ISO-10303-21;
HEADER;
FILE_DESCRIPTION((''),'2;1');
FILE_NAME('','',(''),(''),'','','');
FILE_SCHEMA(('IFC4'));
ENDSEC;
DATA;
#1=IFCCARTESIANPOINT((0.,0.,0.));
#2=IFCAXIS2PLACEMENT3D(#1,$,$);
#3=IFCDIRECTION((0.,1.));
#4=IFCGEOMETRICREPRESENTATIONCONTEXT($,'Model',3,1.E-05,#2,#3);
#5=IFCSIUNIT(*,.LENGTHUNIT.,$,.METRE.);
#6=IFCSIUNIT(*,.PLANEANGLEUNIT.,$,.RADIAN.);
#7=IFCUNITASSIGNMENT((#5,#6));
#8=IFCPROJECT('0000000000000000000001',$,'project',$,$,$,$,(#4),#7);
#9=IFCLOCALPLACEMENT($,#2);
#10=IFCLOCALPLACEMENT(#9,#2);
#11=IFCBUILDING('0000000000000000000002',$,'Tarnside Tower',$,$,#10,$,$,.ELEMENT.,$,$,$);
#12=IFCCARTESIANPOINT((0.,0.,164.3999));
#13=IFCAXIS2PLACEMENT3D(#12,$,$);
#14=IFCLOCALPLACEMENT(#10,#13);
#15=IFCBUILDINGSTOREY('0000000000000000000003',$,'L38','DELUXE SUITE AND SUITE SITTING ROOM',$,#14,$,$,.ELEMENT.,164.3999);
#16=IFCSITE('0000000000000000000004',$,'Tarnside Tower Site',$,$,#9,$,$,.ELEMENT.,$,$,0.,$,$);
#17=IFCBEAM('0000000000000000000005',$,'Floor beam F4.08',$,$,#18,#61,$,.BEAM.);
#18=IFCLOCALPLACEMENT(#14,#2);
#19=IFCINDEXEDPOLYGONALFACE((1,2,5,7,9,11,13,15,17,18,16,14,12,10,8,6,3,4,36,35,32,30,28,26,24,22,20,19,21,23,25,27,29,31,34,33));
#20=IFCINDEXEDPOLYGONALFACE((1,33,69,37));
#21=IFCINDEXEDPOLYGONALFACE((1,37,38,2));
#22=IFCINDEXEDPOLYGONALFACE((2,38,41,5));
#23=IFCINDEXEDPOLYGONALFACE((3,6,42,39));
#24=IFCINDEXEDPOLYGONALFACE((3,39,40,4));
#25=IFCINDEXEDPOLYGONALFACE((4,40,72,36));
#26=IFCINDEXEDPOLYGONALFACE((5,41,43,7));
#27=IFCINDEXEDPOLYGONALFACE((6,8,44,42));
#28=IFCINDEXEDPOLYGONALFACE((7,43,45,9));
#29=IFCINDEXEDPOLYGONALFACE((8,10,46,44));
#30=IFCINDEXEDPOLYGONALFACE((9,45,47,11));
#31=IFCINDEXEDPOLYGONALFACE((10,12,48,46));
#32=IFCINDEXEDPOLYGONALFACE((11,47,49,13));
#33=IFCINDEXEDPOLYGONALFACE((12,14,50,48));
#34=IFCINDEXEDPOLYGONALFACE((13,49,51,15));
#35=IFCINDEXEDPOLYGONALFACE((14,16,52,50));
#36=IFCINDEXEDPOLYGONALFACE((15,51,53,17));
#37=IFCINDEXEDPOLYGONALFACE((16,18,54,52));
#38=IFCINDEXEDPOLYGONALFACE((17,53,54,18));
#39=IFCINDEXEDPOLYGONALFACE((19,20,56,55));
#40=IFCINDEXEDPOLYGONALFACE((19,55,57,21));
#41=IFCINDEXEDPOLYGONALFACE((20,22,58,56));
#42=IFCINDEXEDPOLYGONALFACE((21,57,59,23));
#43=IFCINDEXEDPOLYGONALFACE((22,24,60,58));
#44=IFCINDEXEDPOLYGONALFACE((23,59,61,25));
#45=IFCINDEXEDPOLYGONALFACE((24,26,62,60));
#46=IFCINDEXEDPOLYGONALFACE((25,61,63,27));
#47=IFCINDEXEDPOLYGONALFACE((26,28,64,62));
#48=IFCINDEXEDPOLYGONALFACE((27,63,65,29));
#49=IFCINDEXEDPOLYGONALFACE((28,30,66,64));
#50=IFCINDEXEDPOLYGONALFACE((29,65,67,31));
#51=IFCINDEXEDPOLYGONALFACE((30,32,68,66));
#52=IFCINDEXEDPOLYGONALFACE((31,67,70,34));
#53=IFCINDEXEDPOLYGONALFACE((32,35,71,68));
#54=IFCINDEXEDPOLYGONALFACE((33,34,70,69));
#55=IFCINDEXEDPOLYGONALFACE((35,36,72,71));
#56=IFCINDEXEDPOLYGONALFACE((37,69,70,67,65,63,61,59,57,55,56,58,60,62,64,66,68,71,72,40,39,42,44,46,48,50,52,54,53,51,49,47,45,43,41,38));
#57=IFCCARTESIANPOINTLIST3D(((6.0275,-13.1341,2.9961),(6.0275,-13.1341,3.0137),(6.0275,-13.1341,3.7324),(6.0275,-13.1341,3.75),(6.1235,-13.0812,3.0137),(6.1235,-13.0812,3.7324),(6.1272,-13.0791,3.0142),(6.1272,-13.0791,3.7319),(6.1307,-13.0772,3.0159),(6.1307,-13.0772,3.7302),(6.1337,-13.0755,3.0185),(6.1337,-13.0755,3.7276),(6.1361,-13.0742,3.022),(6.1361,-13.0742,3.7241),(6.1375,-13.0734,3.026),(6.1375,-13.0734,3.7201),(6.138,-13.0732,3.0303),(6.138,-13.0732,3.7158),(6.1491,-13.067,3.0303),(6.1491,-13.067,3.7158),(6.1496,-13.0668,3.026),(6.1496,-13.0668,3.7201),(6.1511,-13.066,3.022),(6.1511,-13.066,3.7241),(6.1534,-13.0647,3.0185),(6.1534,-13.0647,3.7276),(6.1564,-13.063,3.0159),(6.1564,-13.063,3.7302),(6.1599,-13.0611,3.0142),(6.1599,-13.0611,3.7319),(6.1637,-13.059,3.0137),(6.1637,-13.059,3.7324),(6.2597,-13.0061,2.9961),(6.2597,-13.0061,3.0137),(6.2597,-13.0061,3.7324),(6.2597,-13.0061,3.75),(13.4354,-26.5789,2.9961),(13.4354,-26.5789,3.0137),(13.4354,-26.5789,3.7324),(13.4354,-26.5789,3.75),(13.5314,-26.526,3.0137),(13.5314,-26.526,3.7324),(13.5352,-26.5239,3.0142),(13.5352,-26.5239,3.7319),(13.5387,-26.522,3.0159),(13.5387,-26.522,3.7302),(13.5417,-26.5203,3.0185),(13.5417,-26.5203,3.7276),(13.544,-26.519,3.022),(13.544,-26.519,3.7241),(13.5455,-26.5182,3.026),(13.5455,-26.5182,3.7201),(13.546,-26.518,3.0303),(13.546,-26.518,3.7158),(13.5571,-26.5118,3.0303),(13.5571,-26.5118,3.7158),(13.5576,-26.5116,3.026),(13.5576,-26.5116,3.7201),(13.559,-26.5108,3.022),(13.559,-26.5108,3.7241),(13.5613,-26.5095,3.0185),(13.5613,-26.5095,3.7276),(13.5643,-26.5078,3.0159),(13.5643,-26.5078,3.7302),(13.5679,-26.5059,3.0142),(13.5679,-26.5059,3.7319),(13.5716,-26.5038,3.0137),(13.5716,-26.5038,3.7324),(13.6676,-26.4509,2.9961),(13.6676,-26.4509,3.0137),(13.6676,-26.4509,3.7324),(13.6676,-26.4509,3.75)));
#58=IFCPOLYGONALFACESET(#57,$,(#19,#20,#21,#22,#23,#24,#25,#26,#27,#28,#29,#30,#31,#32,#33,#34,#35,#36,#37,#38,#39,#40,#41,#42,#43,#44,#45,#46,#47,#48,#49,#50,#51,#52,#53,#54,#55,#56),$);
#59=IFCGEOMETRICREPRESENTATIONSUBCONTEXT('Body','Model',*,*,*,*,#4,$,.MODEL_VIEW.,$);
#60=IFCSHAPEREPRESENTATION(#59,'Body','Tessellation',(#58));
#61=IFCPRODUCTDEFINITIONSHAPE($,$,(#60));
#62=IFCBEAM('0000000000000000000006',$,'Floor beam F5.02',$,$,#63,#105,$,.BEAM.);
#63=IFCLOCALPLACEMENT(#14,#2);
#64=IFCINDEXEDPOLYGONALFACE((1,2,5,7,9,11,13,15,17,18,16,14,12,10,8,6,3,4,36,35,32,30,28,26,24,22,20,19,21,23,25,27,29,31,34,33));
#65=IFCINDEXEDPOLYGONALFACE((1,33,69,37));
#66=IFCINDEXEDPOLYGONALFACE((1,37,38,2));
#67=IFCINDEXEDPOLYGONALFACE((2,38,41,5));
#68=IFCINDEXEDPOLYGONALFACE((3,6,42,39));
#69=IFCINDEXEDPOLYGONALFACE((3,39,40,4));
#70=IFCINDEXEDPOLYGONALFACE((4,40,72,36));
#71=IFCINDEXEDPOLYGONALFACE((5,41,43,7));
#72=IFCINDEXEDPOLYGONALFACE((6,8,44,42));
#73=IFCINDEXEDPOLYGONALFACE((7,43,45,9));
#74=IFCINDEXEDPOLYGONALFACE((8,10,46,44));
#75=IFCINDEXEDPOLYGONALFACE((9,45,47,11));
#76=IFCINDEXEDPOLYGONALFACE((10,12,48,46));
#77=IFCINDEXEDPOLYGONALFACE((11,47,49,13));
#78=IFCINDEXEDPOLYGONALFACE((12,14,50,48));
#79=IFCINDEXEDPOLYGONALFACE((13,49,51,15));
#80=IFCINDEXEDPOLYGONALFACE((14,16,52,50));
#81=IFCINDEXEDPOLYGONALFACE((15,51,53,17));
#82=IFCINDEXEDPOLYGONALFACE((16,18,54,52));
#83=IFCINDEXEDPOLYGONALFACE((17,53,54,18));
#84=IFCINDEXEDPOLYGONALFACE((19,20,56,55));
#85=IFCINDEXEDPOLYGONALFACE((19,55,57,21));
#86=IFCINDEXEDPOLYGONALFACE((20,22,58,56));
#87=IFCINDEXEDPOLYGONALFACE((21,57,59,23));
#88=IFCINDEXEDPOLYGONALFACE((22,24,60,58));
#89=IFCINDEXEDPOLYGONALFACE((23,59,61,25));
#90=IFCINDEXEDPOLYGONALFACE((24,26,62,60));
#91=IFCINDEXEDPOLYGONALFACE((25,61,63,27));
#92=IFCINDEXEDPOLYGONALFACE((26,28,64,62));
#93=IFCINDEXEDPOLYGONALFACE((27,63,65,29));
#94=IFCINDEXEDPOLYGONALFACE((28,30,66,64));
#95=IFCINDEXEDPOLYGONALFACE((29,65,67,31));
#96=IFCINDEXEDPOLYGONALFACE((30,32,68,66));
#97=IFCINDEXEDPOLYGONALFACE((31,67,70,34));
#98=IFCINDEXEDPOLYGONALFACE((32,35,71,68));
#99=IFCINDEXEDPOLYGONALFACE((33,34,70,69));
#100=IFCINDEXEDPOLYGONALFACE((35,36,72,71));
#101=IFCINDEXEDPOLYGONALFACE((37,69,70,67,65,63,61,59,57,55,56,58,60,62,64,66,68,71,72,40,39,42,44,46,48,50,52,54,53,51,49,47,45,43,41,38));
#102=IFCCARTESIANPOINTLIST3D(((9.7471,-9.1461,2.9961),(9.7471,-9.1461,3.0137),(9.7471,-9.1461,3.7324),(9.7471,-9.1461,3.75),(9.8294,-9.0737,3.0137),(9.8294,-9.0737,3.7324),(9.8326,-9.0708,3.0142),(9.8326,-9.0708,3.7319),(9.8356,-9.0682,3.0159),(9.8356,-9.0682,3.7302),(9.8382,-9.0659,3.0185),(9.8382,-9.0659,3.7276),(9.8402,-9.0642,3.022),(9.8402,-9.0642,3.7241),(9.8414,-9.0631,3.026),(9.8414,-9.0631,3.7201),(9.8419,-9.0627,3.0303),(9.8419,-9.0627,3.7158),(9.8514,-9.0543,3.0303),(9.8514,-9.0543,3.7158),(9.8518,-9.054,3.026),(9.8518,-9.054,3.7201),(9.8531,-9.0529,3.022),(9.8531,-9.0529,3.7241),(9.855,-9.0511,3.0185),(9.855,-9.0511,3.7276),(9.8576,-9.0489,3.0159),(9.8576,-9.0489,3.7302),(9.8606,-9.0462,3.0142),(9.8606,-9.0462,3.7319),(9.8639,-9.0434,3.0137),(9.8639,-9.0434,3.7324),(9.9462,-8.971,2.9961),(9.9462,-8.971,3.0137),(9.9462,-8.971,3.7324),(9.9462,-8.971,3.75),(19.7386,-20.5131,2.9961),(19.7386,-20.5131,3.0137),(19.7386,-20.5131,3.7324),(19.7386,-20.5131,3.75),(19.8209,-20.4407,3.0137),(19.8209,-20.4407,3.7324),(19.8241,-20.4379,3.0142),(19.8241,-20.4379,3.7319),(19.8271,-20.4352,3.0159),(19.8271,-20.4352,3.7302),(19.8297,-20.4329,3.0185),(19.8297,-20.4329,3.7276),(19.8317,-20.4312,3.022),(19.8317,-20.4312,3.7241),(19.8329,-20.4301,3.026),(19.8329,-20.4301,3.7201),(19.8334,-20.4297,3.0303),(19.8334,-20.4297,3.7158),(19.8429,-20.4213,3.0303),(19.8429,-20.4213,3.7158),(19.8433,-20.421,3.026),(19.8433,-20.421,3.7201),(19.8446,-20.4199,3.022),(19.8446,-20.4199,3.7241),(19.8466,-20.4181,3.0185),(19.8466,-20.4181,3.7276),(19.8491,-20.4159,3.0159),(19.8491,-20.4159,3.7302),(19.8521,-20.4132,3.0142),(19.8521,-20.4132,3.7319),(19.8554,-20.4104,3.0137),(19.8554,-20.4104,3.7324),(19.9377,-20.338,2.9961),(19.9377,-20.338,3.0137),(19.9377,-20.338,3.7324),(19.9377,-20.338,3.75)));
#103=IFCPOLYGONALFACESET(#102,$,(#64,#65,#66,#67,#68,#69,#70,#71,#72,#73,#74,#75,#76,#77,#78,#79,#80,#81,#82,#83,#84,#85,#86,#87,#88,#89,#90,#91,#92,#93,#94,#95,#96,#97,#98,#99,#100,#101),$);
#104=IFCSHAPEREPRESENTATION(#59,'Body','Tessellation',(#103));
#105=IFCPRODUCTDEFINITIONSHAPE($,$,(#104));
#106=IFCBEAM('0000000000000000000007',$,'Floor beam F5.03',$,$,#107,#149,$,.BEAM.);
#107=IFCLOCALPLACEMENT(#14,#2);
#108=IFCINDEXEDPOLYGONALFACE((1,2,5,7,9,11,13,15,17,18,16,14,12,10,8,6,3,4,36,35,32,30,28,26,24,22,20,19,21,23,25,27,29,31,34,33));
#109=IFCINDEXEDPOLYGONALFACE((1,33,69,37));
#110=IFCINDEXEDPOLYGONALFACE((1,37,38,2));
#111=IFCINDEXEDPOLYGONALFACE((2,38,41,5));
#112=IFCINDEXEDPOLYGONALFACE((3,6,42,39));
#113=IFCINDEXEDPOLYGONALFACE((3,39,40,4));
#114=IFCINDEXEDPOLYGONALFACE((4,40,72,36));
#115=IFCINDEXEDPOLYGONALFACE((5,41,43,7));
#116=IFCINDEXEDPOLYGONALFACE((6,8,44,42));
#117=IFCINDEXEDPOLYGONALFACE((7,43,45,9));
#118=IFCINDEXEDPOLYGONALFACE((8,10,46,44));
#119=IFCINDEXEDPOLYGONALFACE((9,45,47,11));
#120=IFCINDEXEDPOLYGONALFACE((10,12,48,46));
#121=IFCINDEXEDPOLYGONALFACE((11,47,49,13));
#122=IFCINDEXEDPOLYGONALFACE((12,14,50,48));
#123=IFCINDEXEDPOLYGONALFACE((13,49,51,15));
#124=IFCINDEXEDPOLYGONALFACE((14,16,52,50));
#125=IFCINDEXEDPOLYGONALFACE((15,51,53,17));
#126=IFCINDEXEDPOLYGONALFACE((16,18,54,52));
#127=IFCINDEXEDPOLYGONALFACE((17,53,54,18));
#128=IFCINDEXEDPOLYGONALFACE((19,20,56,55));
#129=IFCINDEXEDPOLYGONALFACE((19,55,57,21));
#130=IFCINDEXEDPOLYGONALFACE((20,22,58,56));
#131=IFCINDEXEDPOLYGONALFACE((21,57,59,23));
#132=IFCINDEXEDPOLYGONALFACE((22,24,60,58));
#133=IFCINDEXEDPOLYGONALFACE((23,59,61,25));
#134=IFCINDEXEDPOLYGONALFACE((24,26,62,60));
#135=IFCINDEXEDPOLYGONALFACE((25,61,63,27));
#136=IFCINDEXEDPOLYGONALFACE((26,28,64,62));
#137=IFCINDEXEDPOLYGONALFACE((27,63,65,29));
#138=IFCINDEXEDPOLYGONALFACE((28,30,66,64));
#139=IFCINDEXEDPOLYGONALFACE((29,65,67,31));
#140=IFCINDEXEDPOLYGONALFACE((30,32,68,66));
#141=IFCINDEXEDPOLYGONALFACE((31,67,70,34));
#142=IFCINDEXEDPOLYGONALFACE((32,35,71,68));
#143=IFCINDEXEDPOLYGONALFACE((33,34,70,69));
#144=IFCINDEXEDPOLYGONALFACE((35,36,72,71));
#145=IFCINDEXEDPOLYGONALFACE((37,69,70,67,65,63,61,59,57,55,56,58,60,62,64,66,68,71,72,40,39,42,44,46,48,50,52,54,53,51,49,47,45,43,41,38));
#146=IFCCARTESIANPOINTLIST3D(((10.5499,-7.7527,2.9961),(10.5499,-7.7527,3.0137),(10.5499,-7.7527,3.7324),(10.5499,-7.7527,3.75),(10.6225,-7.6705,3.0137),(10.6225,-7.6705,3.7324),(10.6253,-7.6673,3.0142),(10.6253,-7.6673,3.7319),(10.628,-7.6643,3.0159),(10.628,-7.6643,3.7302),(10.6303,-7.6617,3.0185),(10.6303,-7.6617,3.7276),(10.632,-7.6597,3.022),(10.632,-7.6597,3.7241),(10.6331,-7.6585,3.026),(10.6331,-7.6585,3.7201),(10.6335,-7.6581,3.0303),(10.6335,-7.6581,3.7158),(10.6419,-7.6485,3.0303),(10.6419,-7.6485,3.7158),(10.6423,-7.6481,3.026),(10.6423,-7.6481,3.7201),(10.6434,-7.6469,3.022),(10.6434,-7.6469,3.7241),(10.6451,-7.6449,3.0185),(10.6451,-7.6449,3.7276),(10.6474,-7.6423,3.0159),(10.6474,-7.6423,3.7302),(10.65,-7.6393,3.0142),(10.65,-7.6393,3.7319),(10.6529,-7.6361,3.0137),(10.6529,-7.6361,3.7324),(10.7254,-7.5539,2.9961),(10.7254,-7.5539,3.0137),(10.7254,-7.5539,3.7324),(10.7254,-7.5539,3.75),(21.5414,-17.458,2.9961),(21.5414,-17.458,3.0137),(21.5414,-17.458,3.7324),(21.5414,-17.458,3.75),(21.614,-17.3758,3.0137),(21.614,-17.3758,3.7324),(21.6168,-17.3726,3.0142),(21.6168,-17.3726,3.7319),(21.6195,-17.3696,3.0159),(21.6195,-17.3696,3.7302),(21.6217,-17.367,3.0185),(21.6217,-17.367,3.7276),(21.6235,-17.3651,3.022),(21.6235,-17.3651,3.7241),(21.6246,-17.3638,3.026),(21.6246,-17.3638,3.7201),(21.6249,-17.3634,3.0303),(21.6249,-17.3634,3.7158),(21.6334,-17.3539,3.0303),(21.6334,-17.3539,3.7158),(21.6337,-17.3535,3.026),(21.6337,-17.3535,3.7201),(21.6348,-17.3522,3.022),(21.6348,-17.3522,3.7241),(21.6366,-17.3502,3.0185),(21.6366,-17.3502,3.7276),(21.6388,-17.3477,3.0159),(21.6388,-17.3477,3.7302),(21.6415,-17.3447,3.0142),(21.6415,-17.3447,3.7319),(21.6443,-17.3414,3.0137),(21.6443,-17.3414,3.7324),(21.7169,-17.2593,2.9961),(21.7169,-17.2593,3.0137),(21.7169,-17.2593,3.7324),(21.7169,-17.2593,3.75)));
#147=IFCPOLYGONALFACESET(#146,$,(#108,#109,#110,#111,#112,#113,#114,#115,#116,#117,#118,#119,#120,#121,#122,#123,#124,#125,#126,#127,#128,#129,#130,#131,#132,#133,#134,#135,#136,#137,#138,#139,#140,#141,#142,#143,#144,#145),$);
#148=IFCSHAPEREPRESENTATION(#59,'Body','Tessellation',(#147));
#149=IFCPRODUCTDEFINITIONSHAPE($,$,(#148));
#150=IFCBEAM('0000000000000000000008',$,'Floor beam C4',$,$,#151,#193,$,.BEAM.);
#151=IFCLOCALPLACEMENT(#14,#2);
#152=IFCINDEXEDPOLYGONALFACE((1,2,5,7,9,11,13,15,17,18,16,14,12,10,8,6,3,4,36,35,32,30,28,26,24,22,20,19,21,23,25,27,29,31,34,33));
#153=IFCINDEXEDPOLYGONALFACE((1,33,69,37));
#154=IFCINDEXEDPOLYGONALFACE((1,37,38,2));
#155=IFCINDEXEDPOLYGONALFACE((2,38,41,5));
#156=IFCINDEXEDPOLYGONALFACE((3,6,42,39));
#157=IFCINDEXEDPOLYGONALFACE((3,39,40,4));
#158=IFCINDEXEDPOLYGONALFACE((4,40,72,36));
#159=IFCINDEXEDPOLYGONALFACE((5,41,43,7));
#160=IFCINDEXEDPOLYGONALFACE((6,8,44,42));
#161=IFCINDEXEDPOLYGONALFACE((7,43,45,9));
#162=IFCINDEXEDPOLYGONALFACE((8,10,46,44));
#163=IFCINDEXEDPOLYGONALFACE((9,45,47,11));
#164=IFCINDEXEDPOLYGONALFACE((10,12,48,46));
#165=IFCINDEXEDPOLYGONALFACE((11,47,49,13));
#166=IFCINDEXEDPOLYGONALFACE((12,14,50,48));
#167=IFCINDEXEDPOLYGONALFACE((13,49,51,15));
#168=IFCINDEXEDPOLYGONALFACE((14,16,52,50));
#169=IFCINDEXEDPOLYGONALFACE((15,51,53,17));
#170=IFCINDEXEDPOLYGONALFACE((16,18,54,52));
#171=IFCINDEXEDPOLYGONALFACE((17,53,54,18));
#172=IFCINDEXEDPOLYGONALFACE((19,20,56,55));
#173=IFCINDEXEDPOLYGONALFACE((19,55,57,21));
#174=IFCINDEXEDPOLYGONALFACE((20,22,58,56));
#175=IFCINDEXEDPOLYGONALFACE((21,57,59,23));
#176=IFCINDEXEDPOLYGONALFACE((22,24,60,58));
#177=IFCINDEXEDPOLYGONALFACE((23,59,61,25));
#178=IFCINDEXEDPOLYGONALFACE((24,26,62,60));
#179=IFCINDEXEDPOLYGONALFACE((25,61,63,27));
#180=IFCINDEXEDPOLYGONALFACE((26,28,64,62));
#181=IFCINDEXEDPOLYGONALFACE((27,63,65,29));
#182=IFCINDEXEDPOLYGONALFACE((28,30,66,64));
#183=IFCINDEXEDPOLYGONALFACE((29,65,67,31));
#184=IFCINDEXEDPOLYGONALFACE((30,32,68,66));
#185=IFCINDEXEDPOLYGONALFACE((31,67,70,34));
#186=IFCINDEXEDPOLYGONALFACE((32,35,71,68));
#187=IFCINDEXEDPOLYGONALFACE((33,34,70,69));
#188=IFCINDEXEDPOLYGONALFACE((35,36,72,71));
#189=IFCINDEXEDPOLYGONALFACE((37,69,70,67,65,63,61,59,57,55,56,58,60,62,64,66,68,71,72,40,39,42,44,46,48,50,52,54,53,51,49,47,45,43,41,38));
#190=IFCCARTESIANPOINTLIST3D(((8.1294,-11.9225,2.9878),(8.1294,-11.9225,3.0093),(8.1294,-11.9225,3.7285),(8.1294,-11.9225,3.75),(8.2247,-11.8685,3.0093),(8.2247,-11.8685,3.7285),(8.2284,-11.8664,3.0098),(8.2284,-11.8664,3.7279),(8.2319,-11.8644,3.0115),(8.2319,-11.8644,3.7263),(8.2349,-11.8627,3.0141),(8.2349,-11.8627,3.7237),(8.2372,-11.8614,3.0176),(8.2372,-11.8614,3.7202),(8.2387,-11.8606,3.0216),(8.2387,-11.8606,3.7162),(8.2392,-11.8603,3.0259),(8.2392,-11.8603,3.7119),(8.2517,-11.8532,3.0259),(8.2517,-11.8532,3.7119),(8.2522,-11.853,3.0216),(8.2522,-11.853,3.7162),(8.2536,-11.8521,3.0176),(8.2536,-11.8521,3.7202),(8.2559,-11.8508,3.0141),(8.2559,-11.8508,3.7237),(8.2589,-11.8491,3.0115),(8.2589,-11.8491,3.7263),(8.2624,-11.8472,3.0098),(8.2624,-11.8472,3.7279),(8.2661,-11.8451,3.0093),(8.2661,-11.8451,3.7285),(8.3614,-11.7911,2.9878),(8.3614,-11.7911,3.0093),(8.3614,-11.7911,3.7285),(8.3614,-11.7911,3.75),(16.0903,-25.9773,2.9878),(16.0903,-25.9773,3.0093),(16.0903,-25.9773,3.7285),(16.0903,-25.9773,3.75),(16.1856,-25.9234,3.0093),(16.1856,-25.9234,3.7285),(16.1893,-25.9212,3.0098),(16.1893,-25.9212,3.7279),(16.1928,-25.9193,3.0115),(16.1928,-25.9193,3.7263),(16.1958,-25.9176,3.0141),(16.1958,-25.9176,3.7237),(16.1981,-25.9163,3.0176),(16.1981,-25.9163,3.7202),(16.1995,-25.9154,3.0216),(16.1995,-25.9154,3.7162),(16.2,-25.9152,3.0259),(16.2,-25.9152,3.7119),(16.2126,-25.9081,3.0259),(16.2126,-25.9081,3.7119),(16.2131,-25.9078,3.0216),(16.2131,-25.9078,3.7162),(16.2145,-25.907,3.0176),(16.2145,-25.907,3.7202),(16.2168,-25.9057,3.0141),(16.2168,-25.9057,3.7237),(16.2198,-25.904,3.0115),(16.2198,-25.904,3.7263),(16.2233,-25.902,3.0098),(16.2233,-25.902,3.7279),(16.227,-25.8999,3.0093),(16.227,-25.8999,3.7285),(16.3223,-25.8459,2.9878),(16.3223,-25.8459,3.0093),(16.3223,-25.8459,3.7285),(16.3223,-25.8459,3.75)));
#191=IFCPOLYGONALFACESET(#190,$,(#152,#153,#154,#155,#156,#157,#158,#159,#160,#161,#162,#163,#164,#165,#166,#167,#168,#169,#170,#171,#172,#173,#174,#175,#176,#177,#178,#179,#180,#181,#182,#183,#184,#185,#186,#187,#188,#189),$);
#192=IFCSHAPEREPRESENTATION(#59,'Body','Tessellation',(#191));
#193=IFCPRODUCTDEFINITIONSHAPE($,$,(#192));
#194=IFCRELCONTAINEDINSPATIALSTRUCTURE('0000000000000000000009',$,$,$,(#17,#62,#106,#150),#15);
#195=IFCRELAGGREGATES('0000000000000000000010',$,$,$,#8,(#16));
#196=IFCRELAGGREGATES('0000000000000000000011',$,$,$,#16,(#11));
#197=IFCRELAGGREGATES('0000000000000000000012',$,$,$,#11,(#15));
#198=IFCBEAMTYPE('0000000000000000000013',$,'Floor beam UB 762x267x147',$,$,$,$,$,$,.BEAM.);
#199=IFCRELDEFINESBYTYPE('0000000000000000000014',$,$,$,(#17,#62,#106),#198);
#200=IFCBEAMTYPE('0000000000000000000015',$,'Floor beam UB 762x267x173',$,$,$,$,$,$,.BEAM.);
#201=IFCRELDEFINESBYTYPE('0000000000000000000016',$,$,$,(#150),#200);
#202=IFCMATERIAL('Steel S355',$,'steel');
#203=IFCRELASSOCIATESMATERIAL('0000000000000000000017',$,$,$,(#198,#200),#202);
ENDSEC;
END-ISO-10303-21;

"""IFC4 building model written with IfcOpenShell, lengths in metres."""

from ifc_helpers import new_model, si_unit, direction, frame, origin, origin_2d, place, context, subcontext, project, spatial, i_section, extrude, material, material_profile, profile_set, type_object, element, save


model = new_model("IFC4")

# Units and contexts
model_context = context("Model", 3, precision=1e-05, world=origin(), true_north=direction((0.0, 1.0)))
body_context = subcontext(model_context, "Body", "Model", "MODEL_VIEW")
ifc_project = project(units=[si_unit("LENGTHUNIT", "METRE"), si_unit("PLANEANGLEUNIT", "RADIAN")], contexts=[model_context])

# Site, building, storey
site_placement = place(None, origin())
site = spatial("IfcSite", under=ifc_project, at=site_placement, Name="Tarnside Tower Site", CompositionType="ELEMENT", RefElevation=0.0)
building_placement = place(site_placement, origin())
building = spatial("IfcBuilding", under=site, at=building_placement, Name="Tarnside Tower", CompositionType="ELEMENT")
storey_placement = place(building_placement, frame((0.0, 0.0, 164.3999)))
storey = spatial("IfcBuildingStorey", under=building, at=storey_placement, Name="L38", Description="DELUXE SUITE AND SUITE SITTING ROOM", CompositionType="ELEMENT", Elevation=164.3999)

# Beams
ifc_material_1 = material(Name="Steel S355", Category="steel")
ifc_material_profile_1 = material_profile(ifc_material_1, i_section(OverallWidth=0.2651, OverallDepth=0.7539, WebThickness=0.0127, FlangeThickness=0.0176, FilletRadius=0.0166, at=origin_2d()), Name="UB 762x267x147")
ifc_profile_set_1 = profile_set([ifc_material_profile_1], Name="Steel S355")
beam_type_1 = type_object("IfcBeamType", Name="Floor beam UB 762x267x147", PredefinedType="BEAM", material=ifc_profile_set_1)
beam_1_placement = place(storey_placement, frame((13.5515, -26.5149, 3.373), z_axis=(-0.482584, 0.87585, 0.0), x_axis=(-0.87585, -0.482584, 0.0)))
element("IfcBeam", 1, at=beam_1_placement, inside=storey, type_object=beam_type_1, Name="Floor beam F4.08", PredefinedType="BEAM", context=body_context, shape_type="SweptSolid", body=[
    extrude(i_section(OverallWidth=0.2651, OverallDepth=0.7539, WebThickness=0.0127, FlangeThickness=0.0176, FilletRadius=0.0166, at=origin_2d()), origin(), (0.0, 0.0, 1.0), 15.3506),
])
beam_2_placement = place(storey_placement, frame((19.8381, -20.4255, 3.373), z_axis=(-0.660201, 0.751089, 0.0), x_axis=(-0.751089, -0.660201, 0.0)))
element("IfcBeam", 2, at=beam_2_placement, inside=storey, type_object=beam_type_1, Name="Floor beam F5.02", PredefinedType="BEAM", context=body_context, shape_type="SweptSolid", body=[
    extrude(i_section(OverallWidth=0.2651, OverallDepth=0.7539, WebThickness=0.0127, FlangeThickness=0.0176, FilletRadius=0.0166, at=origin_2d()), origin(), (0.0, 0.0, 1.0), 15.134),
])
beam_3_placement = place(storey_placement, frame((21.6292, -17.3586, 3.373), z_axis=(-0.749602, 0.661889, 0.0), x_axis=(-0.661889, -0.749602, 0.0)))
element("IfcBeam", 3, at=beam_3_placement, inside=storey, type_object=beam_type_1, Name="Floor beam F5.03", PredefinedType="BEAM", context=body_context, shape_type="SweptSolid", body=[
    extrude(i_section(OverallWidth=0.2651, OverallDepth=0.7539, WebThickness=0.0127, FlangeThickness=0.0176, FilletRadius=0.0166, at=origin_2d()), origin(), (0.0, 0.0, 1.0), 14.6631),
])
ifc_material_profile_2 = material_profile(ifc_material_1, i_section(OverallWidth=0.2666, OverallDepth=0.7622, WebThickness=0.0144, FlangeThickness=0.0215, FilletRadius=0.0166, at=origin_2d()), Name="UB 762x267x173")
ifc_profile_set_2 = profile_set([ifc_material_profile_2], Name="Steel S355")
beam_type_2 = type_object("IfcBeamType", Name="Floor beam UB 762x267x173", PredefinedType="BEAM", material=ifc_profile_set_2)
beam_4_placement = place(storey_placement, frame((16.2063, -25.9116, 3.3689), z_axis=(-0.492847, 0.870116, 0.0), x_axis=(-0.870116, -0.492847, 0.0)))
element("IfcBeam", 4, at=beam_4_placement, inside=storey, type_object=beam_type_2, Name="Floor beam C4", PredefinedType="BEAM", context=body_context, shape_type="SweptSolid", body=[
    extrude(i_section(OverallWidth=0.2666, OverallDepth=0.7622, WebThickness=0.0144, FlangeThickness=0.0215, FilletRadius=0.0166, at=origin_2d()), origin(), (0.0, 0.0, 1.0), 16.1528),
])

save(model, "model.ifc")
